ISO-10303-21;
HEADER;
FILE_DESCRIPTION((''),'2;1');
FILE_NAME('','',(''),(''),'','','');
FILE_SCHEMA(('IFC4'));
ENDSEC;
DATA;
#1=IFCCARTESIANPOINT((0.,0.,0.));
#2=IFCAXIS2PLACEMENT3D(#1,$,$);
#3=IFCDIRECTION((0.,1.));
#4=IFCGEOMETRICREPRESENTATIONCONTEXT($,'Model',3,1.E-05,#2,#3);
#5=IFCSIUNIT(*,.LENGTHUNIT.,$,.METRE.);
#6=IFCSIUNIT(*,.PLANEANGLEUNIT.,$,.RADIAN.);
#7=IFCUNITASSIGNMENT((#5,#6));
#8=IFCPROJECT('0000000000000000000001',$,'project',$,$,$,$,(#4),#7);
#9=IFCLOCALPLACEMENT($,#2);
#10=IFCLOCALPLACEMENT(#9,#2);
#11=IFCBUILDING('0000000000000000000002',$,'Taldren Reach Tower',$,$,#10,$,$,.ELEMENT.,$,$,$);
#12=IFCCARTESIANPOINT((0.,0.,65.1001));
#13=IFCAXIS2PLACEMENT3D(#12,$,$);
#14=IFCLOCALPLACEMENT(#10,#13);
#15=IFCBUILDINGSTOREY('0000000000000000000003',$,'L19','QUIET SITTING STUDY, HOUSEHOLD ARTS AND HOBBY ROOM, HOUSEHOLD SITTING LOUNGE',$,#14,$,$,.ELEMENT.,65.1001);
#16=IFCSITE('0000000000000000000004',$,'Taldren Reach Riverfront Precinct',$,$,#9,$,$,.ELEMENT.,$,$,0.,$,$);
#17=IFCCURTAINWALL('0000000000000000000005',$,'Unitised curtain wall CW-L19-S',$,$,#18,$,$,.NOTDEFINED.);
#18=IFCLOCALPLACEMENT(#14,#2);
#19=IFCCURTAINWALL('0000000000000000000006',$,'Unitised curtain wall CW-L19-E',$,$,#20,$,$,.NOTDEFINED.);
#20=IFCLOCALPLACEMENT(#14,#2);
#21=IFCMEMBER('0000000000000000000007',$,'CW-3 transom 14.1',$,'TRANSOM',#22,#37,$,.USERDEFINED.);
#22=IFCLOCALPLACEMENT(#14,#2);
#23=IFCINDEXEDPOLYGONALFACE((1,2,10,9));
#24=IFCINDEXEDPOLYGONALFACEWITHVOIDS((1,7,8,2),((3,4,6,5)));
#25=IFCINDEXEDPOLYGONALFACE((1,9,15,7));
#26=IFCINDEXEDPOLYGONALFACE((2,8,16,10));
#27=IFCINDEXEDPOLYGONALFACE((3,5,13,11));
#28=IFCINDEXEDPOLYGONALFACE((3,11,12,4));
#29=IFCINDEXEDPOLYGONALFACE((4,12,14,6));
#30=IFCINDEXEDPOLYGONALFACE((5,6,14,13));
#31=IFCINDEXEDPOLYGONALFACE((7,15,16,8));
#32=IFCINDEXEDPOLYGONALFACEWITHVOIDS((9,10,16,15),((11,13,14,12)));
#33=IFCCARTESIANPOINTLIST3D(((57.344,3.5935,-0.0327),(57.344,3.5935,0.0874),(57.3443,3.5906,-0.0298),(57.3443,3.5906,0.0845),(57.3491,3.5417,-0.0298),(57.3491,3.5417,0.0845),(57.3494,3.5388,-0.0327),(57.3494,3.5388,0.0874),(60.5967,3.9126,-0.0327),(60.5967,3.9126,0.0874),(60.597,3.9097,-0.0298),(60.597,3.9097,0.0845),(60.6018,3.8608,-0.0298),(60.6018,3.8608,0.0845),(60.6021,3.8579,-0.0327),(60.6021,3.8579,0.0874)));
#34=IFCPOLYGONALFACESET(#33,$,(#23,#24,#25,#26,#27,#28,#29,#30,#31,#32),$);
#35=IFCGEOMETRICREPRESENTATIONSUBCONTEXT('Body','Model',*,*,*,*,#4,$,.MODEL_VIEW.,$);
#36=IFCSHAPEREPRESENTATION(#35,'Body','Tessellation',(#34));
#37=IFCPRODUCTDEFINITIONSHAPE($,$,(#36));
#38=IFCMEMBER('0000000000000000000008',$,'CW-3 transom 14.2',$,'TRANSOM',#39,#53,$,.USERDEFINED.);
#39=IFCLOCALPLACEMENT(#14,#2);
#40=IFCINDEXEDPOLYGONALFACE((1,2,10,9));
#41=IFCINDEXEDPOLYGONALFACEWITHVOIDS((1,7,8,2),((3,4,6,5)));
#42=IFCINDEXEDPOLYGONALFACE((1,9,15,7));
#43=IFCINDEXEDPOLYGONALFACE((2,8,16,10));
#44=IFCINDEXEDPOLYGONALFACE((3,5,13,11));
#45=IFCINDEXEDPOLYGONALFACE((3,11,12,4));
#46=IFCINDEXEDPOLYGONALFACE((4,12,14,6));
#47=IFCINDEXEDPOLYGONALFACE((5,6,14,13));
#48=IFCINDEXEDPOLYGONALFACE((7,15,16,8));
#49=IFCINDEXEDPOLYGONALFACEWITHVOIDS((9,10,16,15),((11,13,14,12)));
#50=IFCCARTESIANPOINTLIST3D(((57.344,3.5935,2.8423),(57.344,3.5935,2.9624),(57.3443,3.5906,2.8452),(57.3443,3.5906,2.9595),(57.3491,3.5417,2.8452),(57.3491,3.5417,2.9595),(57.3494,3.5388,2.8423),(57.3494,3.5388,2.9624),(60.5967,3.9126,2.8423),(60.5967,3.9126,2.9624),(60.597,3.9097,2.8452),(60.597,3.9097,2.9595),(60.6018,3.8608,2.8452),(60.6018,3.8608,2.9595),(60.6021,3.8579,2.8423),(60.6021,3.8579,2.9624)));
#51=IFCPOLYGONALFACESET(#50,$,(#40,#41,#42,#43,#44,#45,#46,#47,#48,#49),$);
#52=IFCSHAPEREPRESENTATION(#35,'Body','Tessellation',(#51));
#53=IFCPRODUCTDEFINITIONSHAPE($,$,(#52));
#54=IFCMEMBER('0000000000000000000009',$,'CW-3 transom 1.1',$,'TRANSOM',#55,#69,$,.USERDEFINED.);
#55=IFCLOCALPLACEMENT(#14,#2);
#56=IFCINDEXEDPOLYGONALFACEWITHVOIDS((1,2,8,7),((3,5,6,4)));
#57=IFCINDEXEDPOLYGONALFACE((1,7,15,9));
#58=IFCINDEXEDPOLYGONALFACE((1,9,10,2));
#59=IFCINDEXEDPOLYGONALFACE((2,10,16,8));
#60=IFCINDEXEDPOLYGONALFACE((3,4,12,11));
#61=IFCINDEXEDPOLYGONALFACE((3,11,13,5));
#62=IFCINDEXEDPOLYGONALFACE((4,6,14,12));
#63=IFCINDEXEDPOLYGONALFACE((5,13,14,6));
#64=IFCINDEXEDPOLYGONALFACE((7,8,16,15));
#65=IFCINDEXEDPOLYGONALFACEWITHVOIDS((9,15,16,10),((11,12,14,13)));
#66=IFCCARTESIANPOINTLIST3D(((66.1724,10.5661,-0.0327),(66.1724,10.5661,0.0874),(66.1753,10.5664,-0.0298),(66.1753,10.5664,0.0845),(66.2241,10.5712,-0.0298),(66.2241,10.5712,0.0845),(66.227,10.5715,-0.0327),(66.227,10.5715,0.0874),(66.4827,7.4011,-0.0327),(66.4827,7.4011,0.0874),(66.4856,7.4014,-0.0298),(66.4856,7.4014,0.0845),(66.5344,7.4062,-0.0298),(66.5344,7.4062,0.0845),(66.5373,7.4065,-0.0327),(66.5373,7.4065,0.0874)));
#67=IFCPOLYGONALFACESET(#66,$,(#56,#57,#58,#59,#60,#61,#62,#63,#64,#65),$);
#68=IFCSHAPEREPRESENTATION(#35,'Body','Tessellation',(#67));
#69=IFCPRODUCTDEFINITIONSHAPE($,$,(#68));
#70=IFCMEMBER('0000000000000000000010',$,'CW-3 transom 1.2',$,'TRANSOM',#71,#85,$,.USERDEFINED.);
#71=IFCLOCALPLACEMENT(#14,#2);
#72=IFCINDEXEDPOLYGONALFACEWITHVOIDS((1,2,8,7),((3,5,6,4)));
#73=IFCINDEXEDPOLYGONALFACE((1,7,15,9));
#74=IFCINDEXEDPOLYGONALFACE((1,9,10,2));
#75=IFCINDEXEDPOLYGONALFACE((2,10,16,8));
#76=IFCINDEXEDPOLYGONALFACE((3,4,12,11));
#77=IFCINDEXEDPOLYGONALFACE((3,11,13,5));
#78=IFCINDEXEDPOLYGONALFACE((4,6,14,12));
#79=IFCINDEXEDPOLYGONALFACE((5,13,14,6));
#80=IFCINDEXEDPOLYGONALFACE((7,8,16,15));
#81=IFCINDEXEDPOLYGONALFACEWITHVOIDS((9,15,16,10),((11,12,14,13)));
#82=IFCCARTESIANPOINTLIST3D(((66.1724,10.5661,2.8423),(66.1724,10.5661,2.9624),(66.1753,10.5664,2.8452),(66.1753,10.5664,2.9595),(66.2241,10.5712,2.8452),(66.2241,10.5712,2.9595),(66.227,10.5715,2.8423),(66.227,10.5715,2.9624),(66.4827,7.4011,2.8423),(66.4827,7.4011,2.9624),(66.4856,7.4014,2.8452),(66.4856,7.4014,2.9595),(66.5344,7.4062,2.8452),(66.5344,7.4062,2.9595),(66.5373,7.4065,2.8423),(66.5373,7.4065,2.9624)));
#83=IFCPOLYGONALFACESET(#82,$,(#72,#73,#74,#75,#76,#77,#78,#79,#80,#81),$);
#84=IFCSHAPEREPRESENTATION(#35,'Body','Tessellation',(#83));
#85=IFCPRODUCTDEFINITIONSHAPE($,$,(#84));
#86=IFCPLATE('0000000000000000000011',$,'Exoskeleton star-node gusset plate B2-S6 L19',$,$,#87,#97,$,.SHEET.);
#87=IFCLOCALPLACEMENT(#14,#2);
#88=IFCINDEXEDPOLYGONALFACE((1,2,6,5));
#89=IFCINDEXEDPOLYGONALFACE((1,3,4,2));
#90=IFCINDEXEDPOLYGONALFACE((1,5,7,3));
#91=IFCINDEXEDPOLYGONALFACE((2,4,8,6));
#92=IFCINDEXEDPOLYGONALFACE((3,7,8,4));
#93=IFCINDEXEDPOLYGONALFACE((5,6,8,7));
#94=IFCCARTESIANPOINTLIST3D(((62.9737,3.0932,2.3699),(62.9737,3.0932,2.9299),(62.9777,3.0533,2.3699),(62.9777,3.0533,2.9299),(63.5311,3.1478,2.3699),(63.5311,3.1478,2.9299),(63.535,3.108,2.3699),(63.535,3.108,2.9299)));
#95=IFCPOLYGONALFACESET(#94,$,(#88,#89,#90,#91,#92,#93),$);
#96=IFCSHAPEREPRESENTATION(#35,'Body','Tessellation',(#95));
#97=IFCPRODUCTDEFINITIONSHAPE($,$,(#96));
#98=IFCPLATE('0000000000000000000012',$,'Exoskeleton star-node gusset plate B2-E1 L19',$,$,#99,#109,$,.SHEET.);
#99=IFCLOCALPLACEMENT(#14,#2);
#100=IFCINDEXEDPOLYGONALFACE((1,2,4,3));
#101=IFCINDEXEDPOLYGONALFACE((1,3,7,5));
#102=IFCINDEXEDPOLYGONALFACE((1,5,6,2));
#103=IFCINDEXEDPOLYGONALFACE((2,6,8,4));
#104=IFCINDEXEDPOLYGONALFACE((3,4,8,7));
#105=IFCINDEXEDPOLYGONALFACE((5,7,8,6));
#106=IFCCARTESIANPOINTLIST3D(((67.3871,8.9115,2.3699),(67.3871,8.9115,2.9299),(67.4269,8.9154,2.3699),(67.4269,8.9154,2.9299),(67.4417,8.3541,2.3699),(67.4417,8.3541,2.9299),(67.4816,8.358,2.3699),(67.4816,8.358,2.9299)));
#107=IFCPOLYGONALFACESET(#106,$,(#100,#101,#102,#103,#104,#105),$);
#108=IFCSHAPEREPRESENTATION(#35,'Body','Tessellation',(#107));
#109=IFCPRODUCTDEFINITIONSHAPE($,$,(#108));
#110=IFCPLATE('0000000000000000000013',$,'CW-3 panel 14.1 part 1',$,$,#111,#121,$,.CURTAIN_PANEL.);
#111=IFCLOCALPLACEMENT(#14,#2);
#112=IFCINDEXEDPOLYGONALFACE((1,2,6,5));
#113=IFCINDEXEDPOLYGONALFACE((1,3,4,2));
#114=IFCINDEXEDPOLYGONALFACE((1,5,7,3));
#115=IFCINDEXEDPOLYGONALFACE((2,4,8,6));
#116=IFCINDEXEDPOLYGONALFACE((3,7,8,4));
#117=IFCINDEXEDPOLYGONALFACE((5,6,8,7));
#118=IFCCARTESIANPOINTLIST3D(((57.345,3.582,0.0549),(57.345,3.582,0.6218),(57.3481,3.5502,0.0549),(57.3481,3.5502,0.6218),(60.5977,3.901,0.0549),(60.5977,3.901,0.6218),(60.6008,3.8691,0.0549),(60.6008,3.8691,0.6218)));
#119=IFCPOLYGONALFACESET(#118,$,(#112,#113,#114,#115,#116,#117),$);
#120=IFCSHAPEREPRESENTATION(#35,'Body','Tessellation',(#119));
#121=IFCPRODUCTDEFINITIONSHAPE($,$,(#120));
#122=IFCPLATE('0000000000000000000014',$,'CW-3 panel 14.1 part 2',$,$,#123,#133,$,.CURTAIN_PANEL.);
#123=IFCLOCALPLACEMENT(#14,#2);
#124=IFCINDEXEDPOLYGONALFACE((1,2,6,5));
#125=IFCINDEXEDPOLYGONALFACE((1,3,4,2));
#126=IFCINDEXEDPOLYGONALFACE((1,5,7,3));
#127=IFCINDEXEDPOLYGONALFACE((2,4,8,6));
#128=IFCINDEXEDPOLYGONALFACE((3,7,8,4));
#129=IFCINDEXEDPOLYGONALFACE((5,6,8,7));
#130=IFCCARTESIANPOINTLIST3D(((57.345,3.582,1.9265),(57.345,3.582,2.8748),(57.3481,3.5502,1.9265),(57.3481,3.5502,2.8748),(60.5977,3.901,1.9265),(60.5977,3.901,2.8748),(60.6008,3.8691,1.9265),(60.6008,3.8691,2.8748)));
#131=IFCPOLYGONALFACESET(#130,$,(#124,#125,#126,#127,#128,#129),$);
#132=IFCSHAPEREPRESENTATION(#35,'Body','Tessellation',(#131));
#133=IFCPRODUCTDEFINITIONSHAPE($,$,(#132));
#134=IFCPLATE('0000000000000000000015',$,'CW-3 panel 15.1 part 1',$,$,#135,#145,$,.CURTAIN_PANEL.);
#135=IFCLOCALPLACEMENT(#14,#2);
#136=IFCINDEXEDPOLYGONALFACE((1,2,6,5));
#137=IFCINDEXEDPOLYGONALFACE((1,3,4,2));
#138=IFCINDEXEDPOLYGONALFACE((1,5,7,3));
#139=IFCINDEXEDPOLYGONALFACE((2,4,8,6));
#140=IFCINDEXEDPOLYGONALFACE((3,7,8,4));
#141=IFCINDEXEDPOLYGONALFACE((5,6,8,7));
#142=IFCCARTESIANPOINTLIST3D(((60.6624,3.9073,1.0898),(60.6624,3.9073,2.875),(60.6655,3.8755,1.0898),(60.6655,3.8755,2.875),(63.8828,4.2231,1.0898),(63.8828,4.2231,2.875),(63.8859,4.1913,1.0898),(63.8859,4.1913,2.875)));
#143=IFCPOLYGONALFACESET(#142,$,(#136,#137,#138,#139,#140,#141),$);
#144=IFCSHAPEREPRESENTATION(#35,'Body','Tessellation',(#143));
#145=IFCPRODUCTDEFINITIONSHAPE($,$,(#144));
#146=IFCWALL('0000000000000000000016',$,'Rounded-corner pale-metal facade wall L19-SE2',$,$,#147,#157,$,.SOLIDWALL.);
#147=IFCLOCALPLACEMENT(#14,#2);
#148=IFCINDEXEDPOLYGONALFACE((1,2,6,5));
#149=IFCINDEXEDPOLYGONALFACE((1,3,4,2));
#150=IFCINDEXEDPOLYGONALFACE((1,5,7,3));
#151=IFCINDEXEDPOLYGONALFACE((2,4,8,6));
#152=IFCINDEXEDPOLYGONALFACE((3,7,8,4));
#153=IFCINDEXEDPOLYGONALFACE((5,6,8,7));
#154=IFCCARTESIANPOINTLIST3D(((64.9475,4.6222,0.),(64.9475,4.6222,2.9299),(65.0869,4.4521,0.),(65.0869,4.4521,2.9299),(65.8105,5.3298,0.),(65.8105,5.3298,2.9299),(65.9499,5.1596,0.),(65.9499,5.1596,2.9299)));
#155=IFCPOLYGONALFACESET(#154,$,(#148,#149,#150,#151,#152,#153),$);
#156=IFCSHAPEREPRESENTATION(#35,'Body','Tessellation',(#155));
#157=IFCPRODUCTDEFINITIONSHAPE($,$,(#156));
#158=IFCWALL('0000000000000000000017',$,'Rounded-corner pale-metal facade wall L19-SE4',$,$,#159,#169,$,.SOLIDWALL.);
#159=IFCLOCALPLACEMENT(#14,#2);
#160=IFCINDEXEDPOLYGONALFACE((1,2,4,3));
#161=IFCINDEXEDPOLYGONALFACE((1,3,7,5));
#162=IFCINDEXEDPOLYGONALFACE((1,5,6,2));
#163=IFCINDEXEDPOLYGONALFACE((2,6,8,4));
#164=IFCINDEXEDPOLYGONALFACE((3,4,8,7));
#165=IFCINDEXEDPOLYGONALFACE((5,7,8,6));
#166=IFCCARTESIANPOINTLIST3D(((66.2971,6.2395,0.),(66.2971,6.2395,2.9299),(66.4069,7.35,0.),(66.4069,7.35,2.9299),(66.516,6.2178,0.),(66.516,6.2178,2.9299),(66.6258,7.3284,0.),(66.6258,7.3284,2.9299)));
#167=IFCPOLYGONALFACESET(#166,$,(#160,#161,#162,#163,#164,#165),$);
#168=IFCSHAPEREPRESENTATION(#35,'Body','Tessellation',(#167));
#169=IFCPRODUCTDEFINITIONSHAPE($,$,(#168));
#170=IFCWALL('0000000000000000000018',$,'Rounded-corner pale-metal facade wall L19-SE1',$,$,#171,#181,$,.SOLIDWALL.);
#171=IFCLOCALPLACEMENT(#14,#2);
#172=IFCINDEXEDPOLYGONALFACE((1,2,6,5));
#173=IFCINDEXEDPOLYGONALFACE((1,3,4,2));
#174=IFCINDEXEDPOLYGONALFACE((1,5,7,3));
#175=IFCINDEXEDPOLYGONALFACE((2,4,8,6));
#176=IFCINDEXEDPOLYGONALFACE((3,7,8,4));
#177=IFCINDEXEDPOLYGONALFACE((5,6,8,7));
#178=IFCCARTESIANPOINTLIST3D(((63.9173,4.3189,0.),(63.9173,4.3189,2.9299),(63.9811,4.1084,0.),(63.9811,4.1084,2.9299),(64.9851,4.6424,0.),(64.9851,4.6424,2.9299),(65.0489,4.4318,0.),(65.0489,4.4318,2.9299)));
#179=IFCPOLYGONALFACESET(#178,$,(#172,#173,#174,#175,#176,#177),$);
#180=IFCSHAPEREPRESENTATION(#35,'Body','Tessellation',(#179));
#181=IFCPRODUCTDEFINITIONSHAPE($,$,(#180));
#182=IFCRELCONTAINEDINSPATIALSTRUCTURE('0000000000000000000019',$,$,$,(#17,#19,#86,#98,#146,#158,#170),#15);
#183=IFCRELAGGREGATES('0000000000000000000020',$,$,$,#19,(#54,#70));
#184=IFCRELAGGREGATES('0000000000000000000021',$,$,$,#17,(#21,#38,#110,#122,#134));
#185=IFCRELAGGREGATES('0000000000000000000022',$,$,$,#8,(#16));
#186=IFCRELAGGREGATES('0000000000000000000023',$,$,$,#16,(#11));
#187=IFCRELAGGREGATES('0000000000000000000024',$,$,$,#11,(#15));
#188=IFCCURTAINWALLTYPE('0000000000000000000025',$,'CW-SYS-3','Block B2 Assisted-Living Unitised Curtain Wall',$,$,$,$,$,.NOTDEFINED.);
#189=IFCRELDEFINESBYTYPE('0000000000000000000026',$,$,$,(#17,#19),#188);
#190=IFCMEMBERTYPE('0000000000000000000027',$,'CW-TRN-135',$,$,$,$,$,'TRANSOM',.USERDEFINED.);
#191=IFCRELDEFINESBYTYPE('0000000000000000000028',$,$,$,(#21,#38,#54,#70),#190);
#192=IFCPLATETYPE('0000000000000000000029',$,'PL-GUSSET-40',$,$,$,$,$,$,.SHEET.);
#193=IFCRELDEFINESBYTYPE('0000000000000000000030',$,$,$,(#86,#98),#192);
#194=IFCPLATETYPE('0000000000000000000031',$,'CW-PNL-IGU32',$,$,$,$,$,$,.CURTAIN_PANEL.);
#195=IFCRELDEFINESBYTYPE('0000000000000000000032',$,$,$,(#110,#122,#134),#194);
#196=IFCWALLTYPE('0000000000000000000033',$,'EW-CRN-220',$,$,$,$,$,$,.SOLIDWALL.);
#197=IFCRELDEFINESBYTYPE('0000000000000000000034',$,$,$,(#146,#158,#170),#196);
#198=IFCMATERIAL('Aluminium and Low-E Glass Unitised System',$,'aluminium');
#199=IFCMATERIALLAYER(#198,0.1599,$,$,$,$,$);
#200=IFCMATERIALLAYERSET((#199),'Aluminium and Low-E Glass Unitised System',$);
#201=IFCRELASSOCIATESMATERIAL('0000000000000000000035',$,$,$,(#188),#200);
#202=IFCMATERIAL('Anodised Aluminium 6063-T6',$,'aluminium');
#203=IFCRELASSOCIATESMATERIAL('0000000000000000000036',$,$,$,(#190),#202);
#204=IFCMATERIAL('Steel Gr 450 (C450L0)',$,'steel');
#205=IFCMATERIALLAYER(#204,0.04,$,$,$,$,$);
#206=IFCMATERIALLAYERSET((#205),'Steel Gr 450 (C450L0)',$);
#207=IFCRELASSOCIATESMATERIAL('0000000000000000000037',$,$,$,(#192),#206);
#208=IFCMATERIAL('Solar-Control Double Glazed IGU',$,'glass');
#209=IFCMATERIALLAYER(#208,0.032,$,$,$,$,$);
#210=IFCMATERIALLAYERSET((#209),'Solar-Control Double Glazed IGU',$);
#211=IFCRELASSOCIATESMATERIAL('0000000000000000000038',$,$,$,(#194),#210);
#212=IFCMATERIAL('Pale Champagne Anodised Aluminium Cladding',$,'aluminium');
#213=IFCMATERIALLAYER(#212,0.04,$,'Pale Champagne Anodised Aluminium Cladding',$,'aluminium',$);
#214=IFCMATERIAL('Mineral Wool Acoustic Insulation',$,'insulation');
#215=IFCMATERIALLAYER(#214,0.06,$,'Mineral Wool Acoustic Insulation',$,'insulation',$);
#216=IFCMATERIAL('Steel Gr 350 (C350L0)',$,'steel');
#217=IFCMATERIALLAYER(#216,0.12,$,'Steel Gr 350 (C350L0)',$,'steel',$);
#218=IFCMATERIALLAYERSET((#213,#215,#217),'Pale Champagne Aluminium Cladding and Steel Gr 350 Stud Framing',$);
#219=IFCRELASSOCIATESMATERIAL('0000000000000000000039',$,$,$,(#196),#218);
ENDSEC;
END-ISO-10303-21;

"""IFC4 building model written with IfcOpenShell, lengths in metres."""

from ifc_helpers import new_model, si_unit, direction, frame, frame_2d, origin, origin_2d, place, context, subcontext, project, spatial, rectangle, hollow_rectangle, extrude, source, transform, mapped, material, layer, layer_set, material_profile, profile_set, type_object, element, aggregate, save


model = new_model("IFC4")

# Units and contexts
model_context = context("Model", 3, precision=1e-05, world=origin(), true_north=direction((0.0, 1.0)))
body_context = subcontext(model_context, "Body", "Model", "MODEL_VIEW")
ifc_project = project(units=[si_unit("LENGTHUNIT", "METRE"), si_unit("PLANEANGLEUNIT", "RADIAN")], contexts=[model_context])

# Site, building, storey
site_placement = place(None, origin())
site = spatial("IfcSite", under=ifc_project, at=site_placement, Name="Taldren Reach Riverfront Precinct", CompositionType="ELEMENT", RefElevation=0.0)
building_placement = place(site_placement, origin())
building = spatial("IfcBuilding", under=site, at=building_placement, Name="Taldren Reach Tower", CompositionType="ELEMENT")
storey_placement = place(building_placement, frame((0.0, 0.0, 65.1001)))
storey = spatial("IfcBuildingStorey", under=building, at=storey_placement, Name="L19", Description="QUIET SITTING STUDY, HOUSEHOLD ARTS AND HOBBY ROOM, HOUSEHOLD SITTING LOUNGE", CompositionType="ELEMENT", Elevation=65.1001)

# Shared definitions
ifc_material_1 = material(Name="Steel Gr 450 (C450L0)", Category="steel")
ifc_material_2 = material(Name="Steel Gr 350 (C350L0)", Category="steel")

# Curtain wall
ifc_material_3 = material(Name="Aluminium and Low-E Glass Unitised System", Category="aluminium")
ifc_layer_1 = layer(ifc_material_3, 0.1599)
ifc_layer_set_1 = layer_set([ifc_layer_1], Name="Aluminium and Low-E Glass Unitised System")
curtain_wall_type = type_object("IfcCurtainWallType", Name="CW-SYS-3", Description="Block B2 Assisted-Living Unitised Curtain Wall", PredefinedType="NOTDEFINED", material=ifc_layer_set_1)
curtain_wall_1_placement = place(storey_placement, origin())
curtain_wall_1 = element("IfcCurtainWall", 1, at=curtain_wall_1_placement, inside=storey, type_object=curtain_wall_type, Name="Unitised curtain wall CW-L19-S", PredefinedType="NOTDEFINED")
ifc_material_4 = material(Name="Anodised Aluminium 6063-T6", Category="aluminium")

# Curtain wall
curtain_wall_2_placement = place(storey_placement, origin())
curtain_wall_2 = element("IfcCurtainWall", 2, at=curtain_wall_2_placement, inside=storey, type_object=curtain_wall_type, Name="Unitised curtain wall CW-L19-E", PredefinedType="NOTDEFINED")

# Members
ifc_material_profile_1 = material_profile(ifc_material_4, hollow_rectangle(XDim=0.0549, YDim=0.1201, WallThickness=0.0029, at=origin_2d()), Name="ALU-120x55x3RHS")
ifc_profile_set_1 = profile_set([ifc_material_profile_1], Name="Anodised Aluminium 6063-T6")
member_type_1 = type_object("IfcMemberType", Name="CW-TRN-135", ElementType="TRANSOM", PredefinedType="USERDEFINED", material=ifc_profile_set_1)
shared_shape_1 = source(origin(), body_context, "Body", "SweptSolid", [
    extrude(hollow_rectangle(XDim=0.0549, YDim=0.1201, WallThickness=0.0029, at=origin_2d()), origin(), (0.0, 0.0, 1.0), 3.2683),
])
member_1_placement = place(storey_placement, frame((57.3467, 3.5662, 0.0273), z_axis=(0.995223, 0.097632, 0.0), x_axis=(-0.097632, 0.995223, 0.0)))
member_1 = element("IfcMember", 3, at=member_1_placement, type_object=member_type_1, Name="CW-3 transom 14.1", ObjectType="TRANSOM", PredefinedType="USERDEFINED", context=body_context, shape_type="MappedRepresentation", body=[
    mapped(shared_shape_1, transform((0.0, 0.0, 0.0), scale=1.0)),
])
member_2_placement = place(storey_placement, frame((57.3467, 3.5662, 2.9023), z_axis=(0.995223, 0.097632, 0.0), x_axis=(-0.097632, 0.995223, 0.0)))
member_2 = element("IfcMember", 4, at=member_2_placement, type_object=member_type_1, Name="CW-3 transom 14.2", ObjectType="TRANSOM", PredefinedType="USERDEFINED", context=body_context, shape_type="MappedRepresentation", body=[
    mapped(shared_shape_1, transform((0.0, 0.0, 0.0), scale=1.0)),
])
shared_shape_2 = source(origin(), body_context, "Body", "SweptSolid", [
    extrude(hollow_rectangle(XDim=0.0549, YDim=0.1201, WallThickness=0.0029, at=origin_2d()), origin(), (0.0, 0.0, 1.0), 3.1802),
])
member_3_placement = place(storey_placement, frame((66.51, 7.4038, 0.0273), z_axis=(-0.097573, 0.995228, 0.0), x_axis=(-0.995228, -0.097573, 0.0)))
member_3 = element("IfcMember", 5, at=member_3_placement, type_object=member_type_1, Name="CW-3 transom 1.1", ObjectType="TRANSOM", PredefinedType="USERDEFINED", context=body_context, shape_type="MappedRepresentation", body=[
    mapped(shared_shape_2, transform((0.0, 0.0, 0.0), scale=1.0)),
])
member_4_placement = place(storey_placement, frame((66.51, 7.4038, 2.9023), z_axis=(-0.097573, 0.995228, 0.0), x_axis=(-0.995228, -0.097573, 0.0)))
member_4 = element("IfcMember", 6, at=member_4_placement, type_object=member_type_1, Name="CW-3 transom 1.2", ObjectType="TRANSOM", PredefinedType="USERDEFINED", context=body_context, shape_type="MappedRepresentation", body=[
    mapped(shared_shape_2, transform((0.0, 0.0, 0.0), scale=1.0)),
])
aggregate(curtain_wall_2, [member_3, member_4])

# Plates
ifc_layer_2 = layer(ifc_material_1, 0.04)
ifc_layer_set_2 = layer_set([ifc_layer_2], Name="Steel Gr 450 (C450L0)")
plate_type_1 = type_object("IfcPlateType", Name="PL-GUSSET-40", PredefinedType="SHEET", material=ifc_layer_set_2)
shared_shape_3 = source(origin(), body_context, "Body", "SweptSolid", [
    extrude(rectangle(XDim=0.5601, YDim=0.04, at=origin_2d()), origin(), (0.0, 0.0, 1.0), 0.5601),
])
for number, where, z_axis, x_axis, name in (
    (7, (63.2544, 3.1006, 2.3699), (0.0, 0.0, 1.0), (0.995227, 0.097583, 0.0), "Exoskeleton star-node gusset plate B2-S6 L19"),
    (8, (67.4343, 8.6348, 2.3699), (0.0, 0.0, 1.0), (-0.097583, 0.995227, 0.0), "Exoskeleton star-node gusset plate B2-E1 L19"),
):
    element("IfcPlate", number, at=place(storey_placement, frame(where, z_axis=z_axis, x_axis=x_axis)), inside=storey, type_object=plate_type_1, Name=name, PredefinedType="SHEET", context=body_context, shape_type="MappedRepresentation", body=[
        mapped(shared_shape_3, transform((0.0, 0.0, 0.0), scale=1.0)),
    ])

# Plates
ifc_material_5 = material(Name="Solar-Control Double Glazed IGU", Category="glass")
ifc_layer_3 = layer(ifc_material_5, 0.032)
ifc_layer_set_3 = layer_set([ifc_layer_3], Name="Solar-Control Double Glazed IGU")
plate_type_2 = type_object("IfcPlateType", Name="CW-PNL-IGU32", PredefinedType="CURTAIN_PANEL", material=ifc_layer_set_3)
shared_shape_4 = source(origin(), body_context, "Body", "SweptSolid", [
    extrude(rectangle(XDim=3.2683, YDim=0.032, at=origin_2d()), origin(), (0.0, 0.0, 1.0), 0.5669),
])
plate_1_placement = place(storey_placement, frame((58.9729, 3.7256, 0.0549), z_axis=(0.0, 0.0, 1.0), x_axis=(0.995227, 0.097583, 0.0)))
plate_1 = element("IfcPlate", 9, at=plate_1_placement, type_object=plate_type_2, Name="CW-3 panel 14.1 part 1", PredefinedType="CURTAIN_PANEL", context=body_context, shape_type="MappedRepresentation", body=[
    mapped(shared_shape_4, transform((0.0, 0.0, 0.0), scale=1.0)),
])
shared_shape_5 = source(origin(), body_context, "Body", "SweptSolid", [
    extrude(rectangle(XDim=3.2683, YDim=0.032, at=origin_2d()), origin(), (0.0, 0.0, 1.0), 0.9482),
])
plate_2_placement = place(storey_placement, frame((58.9729, 3.7256, 1.9265), z_axis=(0.0, 0.0, 1.0), x_axis=(0.995227, 0.097583, 0.0)))
plate_2 = element("IfcPlate", 10, at=plate_2_placement, type_object=plate_type_2, Name="CW-3 panel 14.1 part 2", PredefinedType="CURTAIN_PANEL", context=body_context, shape_type="MappedRepresentation", body=[
    mapped(shared_shape_5, transform((0.0, 0.0, 0.0), scale=1.0)),
])
shared_shape_6 = source(origin(), body_context, "Body", "SweptSolid", [
    extrude(rectangle(XDim=3.2358, YDim=0.032, at=origin_2d()), origin(), (0.0, 0.0, 1.0), 1.7852),
])
plate_3_placement = place(storey_placement, frame((62.2742, 4.0493, 1.0898), z_axis=(0.0, 0.0, 1.0), x_axis=(0.995227, 0.097583, 0.0)))
plate_3 = element("IfcPlate", 11, at=plate_3_placement, type_object=plate_type_2, Name="CW-3 panel 15.1 part 1", PredefinedType="CURTAIN_PANEL", context=body_context, shape_type="MappedRepresentation", body=[
    mapped(shared_shape_6, transform((0.0, 0.0, 0.0), scale=1.0)),
])
aggregate(curtain_wall_1, [member_1, member_2, plate_1, plate_2, plate_3])

# Walls
ifc_material_6 = material(Name="Pale Champagne Anodised Aluminium Cladding", Category="aluminium")
ifc_layer_4 = layer(ifc_material_6, 0.04, Name="Pale Champagne Anodised Aluminium Cladding", Category="aluminium")
ifc_material_7 = material(Name="Mineral Wool Acoustic Insulation", Category="insulation")
ifc_layer_5 = layer(ifc_material_7, 0.06, Name="Mineral Wool Acoustic Insulation", Category="insulation")
ifc_layer_6 = layer(ifc_material_2, 0.12, Name="Steel Gr 350 (C350L0)", Category="steel")
ifc_layer_set_4 = layer_set([ifc_layer_4, ifc_layer_5, ifc_layer_6], Name="Pale Champagne Aluminium Cladding and Steel Gr 350 Stud Framing")
wall_type_1 = type_object("IfcWallType", Name="EW-CRN-220", PredefinedType="SOLIDWALL", material=ifc_layer_set_4)
shared_shape_7 = source(origin(), body_context, "Body", "SweptSolid", [
    extrude(rectangle(XDim=1.116, YDim=0.22, at=frame_2d((0.5581, 0.0))), origin(), (0.0, 0.0, 1.0), 2.9299),
])
for number, where, z_axis, x_axis, name in (
    (12, (65.0171, 4.5371, 0.0), (0.0, 0.0, 1.0), (0.773343, 0.633988, 0.0), "Rounded-corner pale-metal facade wall L19-SE2"),
    (13, (66.4065, 6.2285, 0.0), (0.0, 0.0, 1.0), (0.098442, 0.995143, 0.0), "Rounded-corner pale-metal facade wall L19-SE4"),
):
    element("IfcWall", number, at=place(storey_placement, frame(where, z_axis=z_axis, x_axis=x_axis)), inside=storey, type_object=wall_type_1, Name=name, PredefinedType="SOLIDWALL", context=body_context, shape_type="MappedRepresentation", body=[
        mapped(shared_shape_7, transform((0.0, 0.0, 0.0), scale=1.0)),
    ])
shared_shape_8 = source(origin(), body_context, "Body", "SweptSolid", [
    extrude(rectangle(XDim=1.1157, YDim=0.22, at=frame_2d((0.5579, 0.0))), origin(), (0.0, 0.0, 1.0), 2.9299),
])
for number, where, z_axis, x_axis, name in (
    (14, (63.9492, 4.2136, 0.0), (0.0, 0.0, 1.0), (0.957052, 0.289916, 0.0), "Rounded-corner pale-metal facade wall L19-SE1"),
):
    element("IfcWall", number, at=place(storey_placement, frame(where, z_axis=z_axis, x_axis=x_axis)), inside=storey, type_object=wall_type_1, Name=name, PredefinedType="SOLIDWALL", context=body_context, shape_type="MappedRepresentation", body=[
        mapped(shared_shape_8, transform((0.0, 0.0, 0.0), scale=1.0)),
    ])

save(model, "model.ifc")
